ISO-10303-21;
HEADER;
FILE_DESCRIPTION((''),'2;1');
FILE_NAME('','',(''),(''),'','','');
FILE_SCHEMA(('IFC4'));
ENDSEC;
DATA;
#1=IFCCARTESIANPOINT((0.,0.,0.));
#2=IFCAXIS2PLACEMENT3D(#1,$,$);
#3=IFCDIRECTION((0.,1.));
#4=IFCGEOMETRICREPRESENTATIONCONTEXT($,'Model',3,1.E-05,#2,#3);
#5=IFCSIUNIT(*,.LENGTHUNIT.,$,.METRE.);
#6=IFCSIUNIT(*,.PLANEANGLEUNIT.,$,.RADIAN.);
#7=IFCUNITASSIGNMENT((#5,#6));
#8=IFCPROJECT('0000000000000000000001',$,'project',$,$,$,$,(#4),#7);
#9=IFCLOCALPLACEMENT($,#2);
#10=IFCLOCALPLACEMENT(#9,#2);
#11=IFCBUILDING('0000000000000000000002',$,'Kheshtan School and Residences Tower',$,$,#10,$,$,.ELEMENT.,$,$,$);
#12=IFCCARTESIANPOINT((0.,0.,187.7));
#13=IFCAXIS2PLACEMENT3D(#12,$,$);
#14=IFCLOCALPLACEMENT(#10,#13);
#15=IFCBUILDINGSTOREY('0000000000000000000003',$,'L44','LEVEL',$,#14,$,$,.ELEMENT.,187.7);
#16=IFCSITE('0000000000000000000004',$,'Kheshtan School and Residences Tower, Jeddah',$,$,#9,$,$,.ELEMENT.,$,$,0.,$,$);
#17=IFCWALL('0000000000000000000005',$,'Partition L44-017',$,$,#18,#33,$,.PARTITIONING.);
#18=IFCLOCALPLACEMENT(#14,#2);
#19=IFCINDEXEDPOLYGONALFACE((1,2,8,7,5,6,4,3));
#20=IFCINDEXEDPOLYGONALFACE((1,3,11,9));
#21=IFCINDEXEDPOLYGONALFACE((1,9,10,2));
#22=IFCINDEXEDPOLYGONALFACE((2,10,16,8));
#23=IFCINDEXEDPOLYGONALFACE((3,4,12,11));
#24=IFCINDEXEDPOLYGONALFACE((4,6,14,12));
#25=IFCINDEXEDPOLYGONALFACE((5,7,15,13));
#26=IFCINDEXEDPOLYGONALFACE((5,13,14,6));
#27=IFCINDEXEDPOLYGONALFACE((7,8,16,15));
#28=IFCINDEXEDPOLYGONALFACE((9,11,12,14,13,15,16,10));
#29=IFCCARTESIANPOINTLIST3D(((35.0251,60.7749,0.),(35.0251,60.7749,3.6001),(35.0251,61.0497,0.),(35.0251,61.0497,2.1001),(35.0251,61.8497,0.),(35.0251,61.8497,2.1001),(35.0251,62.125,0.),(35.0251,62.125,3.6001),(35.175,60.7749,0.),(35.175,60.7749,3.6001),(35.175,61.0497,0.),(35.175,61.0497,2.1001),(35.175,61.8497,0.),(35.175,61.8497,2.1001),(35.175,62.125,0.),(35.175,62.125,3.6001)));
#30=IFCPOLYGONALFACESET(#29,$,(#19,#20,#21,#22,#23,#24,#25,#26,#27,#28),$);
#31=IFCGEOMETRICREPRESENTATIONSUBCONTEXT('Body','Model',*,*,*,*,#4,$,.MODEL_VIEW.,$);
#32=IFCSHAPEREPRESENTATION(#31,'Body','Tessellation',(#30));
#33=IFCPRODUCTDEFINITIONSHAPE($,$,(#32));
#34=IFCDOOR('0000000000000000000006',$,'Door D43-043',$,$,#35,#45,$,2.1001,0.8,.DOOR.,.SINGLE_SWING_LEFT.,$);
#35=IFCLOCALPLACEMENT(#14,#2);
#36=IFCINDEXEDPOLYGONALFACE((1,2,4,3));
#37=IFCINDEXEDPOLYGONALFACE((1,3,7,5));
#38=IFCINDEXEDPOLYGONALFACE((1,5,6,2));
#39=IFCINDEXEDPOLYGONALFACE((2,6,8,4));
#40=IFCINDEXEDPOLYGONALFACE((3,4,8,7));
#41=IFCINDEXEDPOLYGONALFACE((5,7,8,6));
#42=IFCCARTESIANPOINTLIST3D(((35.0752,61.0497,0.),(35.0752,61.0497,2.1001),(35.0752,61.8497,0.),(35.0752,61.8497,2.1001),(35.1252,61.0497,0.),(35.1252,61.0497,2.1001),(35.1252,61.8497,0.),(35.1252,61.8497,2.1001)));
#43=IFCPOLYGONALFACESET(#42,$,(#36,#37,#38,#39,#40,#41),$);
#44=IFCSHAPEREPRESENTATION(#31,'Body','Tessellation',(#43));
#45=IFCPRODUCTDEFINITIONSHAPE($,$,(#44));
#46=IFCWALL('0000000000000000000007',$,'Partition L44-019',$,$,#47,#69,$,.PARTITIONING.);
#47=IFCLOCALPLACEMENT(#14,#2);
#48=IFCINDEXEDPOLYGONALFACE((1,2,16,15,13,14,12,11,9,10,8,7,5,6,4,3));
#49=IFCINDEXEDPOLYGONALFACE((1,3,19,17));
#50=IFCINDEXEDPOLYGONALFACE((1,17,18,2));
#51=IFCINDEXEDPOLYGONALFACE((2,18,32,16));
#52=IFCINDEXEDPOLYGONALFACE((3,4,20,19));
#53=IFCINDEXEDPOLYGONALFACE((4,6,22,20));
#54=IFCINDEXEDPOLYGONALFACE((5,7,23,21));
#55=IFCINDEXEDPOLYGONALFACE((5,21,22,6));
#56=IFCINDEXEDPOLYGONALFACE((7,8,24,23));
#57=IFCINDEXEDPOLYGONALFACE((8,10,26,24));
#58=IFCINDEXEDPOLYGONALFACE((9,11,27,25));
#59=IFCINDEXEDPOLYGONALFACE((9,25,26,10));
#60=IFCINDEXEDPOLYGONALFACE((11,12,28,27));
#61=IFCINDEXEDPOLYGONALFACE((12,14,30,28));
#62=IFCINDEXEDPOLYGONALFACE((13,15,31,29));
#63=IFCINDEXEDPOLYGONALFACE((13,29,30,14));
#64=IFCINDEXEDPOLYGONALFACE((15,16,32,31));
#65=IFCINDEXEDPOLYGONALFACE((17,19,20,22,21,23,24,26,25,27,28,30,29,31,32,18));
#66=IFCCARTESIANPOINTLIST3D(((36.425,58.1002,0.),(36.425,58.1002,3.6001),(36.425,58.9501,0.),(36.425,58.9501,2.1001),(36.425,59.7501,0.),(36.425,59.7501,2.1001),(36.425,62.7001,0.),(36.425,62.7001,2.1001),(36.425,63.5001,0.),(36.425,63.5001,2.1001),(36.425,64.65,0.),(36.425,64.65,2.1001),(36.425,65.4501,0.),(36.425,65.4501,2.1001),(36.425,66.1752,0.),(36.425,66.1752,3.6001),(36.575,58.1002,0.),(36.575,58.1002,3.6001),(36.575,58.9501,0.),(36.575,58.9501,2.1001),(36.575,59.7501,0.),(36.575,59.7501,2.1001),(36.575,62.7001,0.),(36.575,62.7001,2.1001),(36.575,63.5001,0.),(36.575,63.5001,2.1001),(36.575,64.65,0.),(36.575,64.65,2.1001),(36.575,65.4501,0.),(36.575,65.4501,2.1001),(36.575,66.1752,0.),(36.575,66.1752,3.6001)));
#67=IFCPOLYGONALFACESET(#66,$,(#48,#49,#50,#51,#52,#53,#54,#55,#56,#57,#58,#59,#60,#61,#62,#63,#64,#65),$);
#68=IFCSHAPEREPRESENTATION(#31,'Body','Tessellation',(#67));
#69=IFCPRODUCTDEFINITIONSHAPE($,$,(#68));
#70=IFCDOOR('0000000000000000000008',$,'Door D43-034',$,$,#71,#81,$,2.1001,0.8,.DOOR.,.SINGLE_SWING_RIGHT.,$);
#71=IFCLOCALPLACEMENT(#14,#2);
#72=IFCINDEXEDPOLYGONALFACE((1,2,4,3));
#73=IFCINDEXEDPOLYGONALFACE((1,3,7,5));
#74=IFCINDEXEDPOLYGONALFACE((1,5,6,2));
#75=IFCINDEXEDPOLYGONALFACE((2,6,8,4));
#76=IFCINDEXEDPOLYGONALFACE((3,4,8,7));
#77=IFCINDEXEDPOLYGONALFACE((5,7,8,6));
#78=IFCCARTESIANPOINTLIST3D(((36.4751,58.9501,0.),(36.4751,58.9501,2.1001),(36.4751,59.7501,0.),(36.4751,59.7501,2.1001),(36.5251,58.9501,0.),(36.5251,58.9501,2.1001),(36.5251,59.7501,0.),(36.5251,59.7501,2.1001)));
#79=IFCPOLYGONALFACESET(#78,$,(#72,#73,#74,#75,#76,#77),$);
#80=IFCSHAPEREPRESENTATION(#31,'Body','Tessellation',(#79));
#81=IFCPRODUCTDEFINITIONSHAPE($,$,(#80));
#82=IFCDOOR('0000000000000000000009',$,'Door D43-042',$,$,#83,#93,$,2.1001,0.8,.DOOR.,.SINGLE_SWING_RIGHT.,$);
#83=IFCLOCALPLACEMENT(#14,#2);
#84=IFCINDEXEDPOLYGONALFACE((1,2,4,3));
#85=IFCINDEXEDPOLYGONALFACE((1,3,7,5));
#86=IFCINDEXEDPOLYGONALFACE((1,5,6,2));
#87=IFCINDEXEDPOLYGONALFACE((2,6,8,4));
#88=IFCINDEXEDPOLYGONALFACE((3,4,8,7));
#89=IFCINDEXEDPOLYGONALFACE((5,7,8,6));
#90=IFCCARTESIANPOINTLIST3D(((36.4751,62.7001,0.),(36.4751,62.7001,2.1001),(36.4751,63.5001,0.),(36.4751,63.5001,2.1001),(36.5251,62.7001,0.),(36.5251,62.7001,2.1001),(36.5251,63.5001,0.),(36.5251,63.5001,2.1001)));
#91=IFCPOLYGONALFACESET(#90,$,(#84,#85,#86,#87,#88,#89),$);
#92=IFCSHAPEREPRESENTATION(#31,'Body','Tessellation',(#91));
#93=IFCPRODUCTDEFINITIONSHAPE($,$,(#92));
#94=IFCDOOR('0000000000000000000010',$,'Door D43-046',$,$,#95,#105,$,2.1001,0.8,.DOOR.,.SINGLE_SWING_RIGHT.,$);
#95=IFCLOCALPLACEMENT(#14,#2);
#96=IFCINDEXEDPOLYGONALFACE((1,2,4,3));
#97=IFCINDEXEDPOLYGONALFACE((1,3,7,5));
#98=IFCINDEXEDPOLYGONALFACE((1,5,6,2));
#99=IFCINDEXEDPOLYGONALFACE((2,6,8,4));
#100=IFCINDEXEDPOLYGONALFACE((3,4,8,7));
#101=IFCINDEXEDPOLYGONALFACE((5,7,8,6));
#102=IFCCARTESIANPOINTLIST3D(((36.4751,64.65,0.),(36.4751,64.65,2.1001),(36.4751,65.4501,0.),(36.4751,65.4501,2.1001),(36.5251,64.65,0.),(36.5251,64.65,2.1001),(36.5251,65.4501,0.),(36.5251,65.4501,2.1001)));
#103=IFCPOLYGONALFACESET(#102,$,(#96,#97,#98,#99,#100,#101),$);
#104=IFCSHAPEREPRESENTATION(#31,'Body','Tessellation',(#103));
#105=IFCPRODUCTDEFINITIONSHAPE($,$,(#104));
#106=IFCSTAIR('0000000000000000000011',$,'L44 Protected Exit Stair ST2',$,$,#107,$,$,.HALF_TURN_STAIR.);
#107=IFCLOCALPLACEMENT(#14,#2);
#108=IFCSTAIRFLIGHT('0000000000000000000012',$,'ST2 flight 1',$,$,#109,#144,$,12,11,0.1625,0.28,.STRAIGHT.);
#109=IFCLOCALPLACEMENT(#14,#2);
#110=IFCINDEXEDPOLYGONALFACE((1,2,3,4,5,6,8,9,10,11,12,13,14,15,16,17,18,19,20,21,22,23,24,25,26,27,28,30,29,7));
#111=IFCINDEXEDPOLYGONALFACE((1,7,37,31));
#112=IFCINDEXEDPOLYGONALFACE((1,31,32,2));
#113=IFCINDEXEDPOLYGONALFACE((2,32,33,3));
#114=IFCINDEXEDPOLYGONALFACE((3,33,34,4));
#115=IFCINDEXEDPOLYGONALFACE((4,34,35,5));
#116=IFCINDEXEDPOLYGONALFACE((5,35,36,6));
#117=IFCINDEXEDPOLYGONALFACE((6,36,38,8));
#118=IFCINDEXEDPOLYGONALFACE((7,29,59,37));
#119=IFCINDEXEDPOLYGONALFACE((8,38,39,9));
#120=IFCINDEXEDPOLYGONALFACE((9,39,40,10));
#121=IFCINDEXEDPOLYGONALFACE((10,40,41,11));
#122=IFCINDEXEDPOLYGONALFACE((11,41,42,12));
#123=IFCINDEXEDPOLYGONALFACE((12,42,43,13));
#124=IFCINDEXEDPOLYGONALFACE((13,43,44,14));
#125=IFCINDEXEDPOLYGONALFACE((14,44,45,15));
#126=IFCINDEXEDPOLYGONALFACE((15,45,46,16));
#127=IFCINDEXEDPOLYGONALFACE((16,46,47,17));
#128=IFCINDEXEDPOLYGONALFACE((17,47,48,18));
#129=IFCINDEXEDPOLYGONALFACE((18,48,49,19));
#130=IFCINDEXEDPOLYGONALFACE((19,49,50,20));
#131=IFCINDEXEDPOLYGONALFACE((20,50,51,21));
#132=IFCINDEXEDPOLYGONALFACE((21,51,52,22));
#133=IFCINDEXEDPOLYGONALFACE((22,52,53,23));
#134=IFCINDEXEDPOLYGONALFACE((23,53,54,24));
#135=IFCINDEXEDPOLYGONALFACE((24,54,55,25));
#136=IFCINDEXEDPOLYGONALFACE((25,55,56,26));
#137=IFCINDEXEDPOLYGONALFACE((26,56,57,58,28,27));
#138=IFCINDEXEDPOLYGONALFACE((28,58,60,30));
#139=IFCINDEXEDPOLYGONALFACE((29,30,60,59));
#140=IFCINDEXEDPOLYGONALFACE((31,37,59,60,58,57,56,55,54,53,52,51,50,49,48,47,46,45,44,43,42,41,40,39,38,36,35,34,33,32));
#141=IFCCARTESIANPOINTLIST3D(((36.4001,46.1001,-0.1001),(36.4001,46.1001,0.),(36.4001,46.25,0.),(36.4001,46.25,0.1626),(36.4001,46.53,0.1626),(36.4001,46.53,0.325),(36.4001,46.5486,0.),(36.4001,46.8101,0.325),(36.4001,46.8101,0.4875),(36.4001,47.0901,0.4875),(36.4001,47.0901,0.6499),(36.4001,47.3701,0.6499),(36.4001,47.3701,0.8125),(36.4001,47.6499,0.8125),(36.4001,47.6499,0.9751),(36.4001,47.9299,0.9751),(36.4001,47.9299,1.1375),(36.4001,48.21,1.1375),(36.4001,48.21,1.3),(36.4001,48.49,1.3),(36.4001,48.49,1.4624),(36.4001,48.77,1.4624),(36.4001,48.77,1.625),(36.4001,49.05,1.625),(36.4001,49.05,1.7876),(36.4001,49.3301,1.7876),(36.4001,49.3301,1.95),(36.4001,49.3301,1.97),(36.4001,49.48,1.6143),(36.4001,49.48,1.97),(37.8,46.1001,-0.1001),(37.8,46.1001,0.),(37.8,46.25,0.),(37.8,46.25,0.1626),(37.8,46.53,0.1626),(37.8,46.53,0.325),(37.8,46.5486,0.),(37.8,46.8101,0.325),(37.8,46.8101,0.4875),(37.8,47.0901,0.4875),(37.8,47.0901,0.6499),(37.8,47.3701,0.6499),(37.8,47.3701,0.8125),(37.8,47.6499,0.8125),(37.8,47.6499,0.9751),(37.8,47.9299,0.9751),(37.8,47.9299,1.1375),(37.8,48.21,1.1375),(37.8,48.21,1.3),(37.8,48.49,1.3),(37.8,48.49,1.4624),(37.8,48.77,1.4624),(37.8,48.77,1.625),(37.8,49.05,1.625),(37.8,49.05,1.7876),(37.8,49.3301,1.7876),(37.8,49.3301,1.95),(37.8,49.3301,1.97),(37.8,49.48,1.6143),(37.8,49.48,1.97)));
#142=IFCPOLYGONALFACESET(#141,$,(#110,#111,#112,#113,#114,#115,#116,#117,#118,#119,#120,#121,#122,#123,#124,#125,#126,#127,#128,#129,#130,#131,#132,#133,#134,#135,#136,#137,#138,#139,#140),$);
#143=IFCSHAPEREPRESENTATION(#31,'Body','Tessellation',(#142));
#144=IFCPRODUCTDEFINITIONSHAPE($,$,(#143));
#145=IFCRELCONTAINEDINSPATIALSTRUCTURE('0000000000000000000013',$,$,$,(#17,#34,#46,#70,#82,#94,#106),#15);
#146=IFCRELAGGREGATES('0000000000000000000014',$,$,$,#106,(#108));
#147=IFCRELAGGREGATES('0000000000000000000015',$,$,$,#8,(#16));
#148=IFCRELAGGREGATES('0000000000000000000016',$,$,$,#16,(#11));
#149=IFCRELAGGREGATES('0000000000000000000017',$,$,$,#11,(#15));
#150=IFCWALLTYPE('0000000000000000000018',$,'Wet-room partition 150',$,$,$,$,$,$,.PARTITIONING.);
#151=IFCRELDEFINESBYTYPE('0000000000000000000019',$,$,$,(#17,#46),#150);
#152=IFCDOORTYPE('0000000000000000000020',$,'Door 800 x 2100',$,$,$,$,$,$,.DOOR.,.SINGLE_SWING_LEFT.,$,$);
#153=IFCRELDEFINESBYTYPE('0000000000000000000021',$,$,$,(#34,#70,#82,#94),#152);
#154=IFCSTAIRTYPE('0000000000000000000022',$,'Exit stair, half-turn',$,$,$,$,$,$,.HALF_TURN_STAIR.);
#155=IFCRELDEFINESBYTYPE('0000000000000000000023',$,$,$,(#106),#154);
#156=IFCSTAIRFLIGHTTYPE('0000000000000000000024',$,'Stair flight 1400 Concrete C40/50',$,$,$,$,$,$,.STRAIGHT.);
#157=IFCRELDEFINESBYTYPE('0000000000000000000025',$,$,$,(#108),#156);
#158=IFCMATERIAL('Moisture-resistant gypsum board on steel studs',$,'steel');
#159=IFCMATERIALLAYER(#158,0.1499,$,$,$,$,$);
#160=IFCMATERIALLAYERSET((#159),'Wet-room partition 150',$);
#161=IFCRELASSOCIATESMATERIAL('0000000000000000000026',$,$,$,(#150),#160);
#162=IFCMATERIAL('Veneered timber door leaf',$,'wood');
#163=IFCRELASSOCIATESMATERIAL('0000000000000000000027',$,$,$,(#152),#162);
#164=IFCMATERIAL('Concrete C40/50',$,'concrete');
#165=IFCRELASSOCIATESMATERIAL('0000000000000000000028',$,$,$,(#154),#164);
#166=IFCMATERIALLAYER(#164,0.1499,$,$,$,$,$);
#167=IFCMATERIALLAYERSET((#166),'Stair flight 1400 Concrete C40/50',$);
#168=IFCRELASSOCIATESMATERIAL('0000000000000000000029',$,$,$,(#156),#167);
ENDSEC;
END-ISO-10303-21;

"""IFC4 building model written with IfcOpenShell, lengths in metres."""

from ifc_helpers import new_model, si_unit, direction, frame, frame_2d, origin, place, context, subcontext, project, spatial, polyline, rectangle, outline, extrude, source, transform, mapped, material, layer, layer_set, type_object, element, fill, aggregate, save


model = new_model("IFC4")

# Units and contexts
model_context = context("Model", 3, precision=1e-05, world=origin(), true_north=direction((0.0, 1.0)))
body_context = subcontext(model_context, "Body", "Model", "MODEL_VIEW")
ifc_project = project(units=[si_unit("LENGTHUNIT", "METRE"), si_unit("PLANEANGLEUNIT", "RADIAN")], contexts=[model_context])

# Site, building, storey
site_placement = place(None, origin())
site = spatial("IfcSite", under=ifc_project, at=site_placement, Name="Kheshtan School and Residences Tower, Jeddah", CompositionType="ELEMENT", RefElevation=0.0)
building_placement = place(site_placement, origin())
building = spatial("IfcBuilding", under=site, at=building_placement, Name="Kheshtan School and Residences Tower", CompositionType="ELEMENT")
storey_placement = place(building_placement, frame((0.0, 0.0, 187.7)))
storey = spatial("IfcBuildingStorey", under=building, at=storey_placement, Name="L44", Description="LEVEL", CompositionType="ELEMENT", Elevation=187.7)

# Shared definitions
ifc_material_1 = material(Name="Concrete C40/50", Category="concrete")
ifc_material_2 = material(Name="Moisture-resistant gypsum board on steel studs", Category="steel")
ifc_layer_1 = layer(ifc_material_2, 0.1499)
ifc_layer_set_1 = layer_set([ifc_layer_1], Name="Wet-room partition 150")
wall_type_1 = type_object("IfcWallType", Name="Wet-room partition 150", PredefinedType="PARTITIONING", material=ifc_layer_set_1)

# Wall, opening, door
wall_1_placement = place(storey_placement, frame((35.1001, 60.7749, 0.0), z_axis=(0.0, 0.0, 1.0), x_axis=(0.0, 1.0, 0.0)))
wall_1 = element("IfcWall", 1, at=wall_1_placement, inside=storey, type_object=wall_type_1, Name="Partition L44-017", PredefinedType="PARTITIONING", context=body_context, shape_type="SweptSolid", body=[
    extrude(rectangle(XDim=1.3501, YDim=0.1499, at=frame_2d((0.675, 0.0))), origin(), (0.0, 0.0, 1.0), 3.6001),
])
opening_1_placement = place(wall_1_placement, frame((0.2749, 0.0, 0.0)))
opening_1 = element("IfcOpeningElement", 2, at=opening_1_placement, cuts=wall_1, PredefinedType="OPENING", context=body_context, shape_type="SweptSolid", body=[
    extrude(rectangle(XDim=0.8, YDim=2.1001, at=frame_2d((0.3999, 1.05))), frame((0.0, 0.085, 0.0), z_axis=(0.0, -1.0, 0.0), x_axis=(1.0, 0.0, 0.0)), (0.0, 0.0, 1.0), 0.1699),
])
ifc_material_3 = material(Name="Veneered timber door leaf", Category="wood")
door_type_1 = type_object("IfcDoorType", Name="Door 800 x 2100", OperationType="SINGLE_SWING_LEFT", PredefinedType="DOOR", material=ifc_material_3)
shared_shape_1 = source(origin(), body_context, "Body", "SweptSolid", [
    extrude(rectangle(XDim=0.8, YDim=2.1001, at=frame_2d((0.3999, 1.05))), frame((0.0, 0.0249, 0.0), z_axis=(0.0, -1.0, 0.0), x_axis=(1.0, 0.0, 0.0)), (0.0, 0.0, 1.0), 0.05),
])
door_1_placement = place(opening_1_placement, origin())
door_1 = element("IfcDoor", 3, at=door_1_placement, inside=storey, type_object=door_type_1, Name="Door D43-043", OperationType="SINGLE_SWING_LEFT", OverallHeight=2.1001, OverallWidth=0.8, PredefinedType="DOOR", context=body_context, shape_type="MappedRepresentation", body=[
    mapped(shared_shape_1, transform((0.0, 0.0, 0.0), x_axis=(1.0, 0.0, 0.0), y_axis=(0.0, 1.0, 0.0), z_axis=(0.0, 0.0, 1.0), scale=1.0)),
])
fill(opening_1, door_1)

# Wall, openings, doors
wall_2_placement = place(storey_placement, frame((36.5, 58.1001, 0.0), z_axis=(0.0, 0.0, 1.0), x_axis=(0.0, 1.0, 0.0)))
wall_2 = element("IfcWall", 4, at=wall_2_placement, inside=storey, type_object=wall_type_1, Name="Partition L44-019", PredefinedType="PARTITIONING", context=body_context, shape_type="SweptSolid", body=[
    extrude(rectangle(XDim=8.075, YDim=0.1499, at=frame_2d((4.0376, 0.0))), origin(), (0.0, 0.0, 1.0), 3.6001),
])
opening_2_placement = place(wall_2_placement, frame((0.8501, 0.0, 0.0)))
opening_2 = element("IfcOpeningElement", 5, at=opening_2_placement, cuts=wall_2, PredefinedType="OPENING", context=body_context, shape_type="SweptSolid", body=[
    extrude(rectangle(XDim=0.8, YDim=2.1001, at=frame_2d((0.3999, 1.05))), frame((0.0, 0.085, 0.0), z_axis=(0.0, -1.0, 0.0), x_axis=(1.0, 0.0, 0.0)), (0.0, 0.0, 1.0), 0.1699),
])
opening_3_placement = place(wall_2_placement, frame((4.6001, 0.0, 0.0)))
opening_3 = element("IfcOpeningElement", 6, at=opening_3_placement, cuts=wall_2, PredefinedType="OPENING", context=body_context, shape_type="SweptSolid", body=[
    extrude(rectangle(XDim=0.8, YDim=2.1001, at=frame_2d((0.3999, 1.05))), frame((0.0, 0.085, 0.0), z_axis=(0.0, -1.0, 0.0), x_axis=(1.0, 0.0, 0.0)), (0.0, 0.0, 1.0), 0.1699),
])
opening_4_placement = place(wall_2_placement, frame((6.55, 0.0, 0.0)))
opening_4 = element("IfcOpeningElement", 7, at=opening_4_placement, cuts=wall_2, PredefinedType="OPENING", context=body_context, shape_type="SweptSolid", body=[
    extrude(rectangle(XDim=0.8, YDim=2.1001, at=frame_2d((0.3999, 1.05))), frame((0.0, 0.085, 0.0), z_axis=(0.0, -1.0, 0.0), x_axis=(1.0, 0.0, 0.0)), (0.0, 0.0, 1.0), 0.1699),
])
door_2_placement = place(opening_2_placement, origin())
door_2 = element("IfcDoor", 8, at=door_2_placement, inside=storey, type_object=door_type_1, Name="Door D43-034", OperationType="SINGLE_SWING_RIGHT", OverallHeight=2.1001, OverallWidth=0.8, PredefinedType="DOOR", context=body_context, shape_type="MappedRepresentation", body=[
    mapped(shared_shape_1, transform((0.0, 0.0, 0.0), x_axis=(1.0, 0.0, 0.0), y_axis=(0.0, 1.0, 0.0), z_axis=(0.0, 0.0, 1.0), scale=1.0)),
])
fill(opening_2, door_2)
door_3_placement = place(opening_3_placement, origin())
door_3 = element("IfcDoor", 9, at=door_3_placement, inside=storey, type_object=door_type_1, Name="Door D43-042", OperationType="SINGLE_SWING_RIGHT", OverallHeight=2.1001, OverallWidth=0.8, PredefinedType="DOOR", context=body_context, shape_type="MappedRepresentation", body=[
    mapped(shared_shape_1, transform((0.0, 0.0, 0.0), x_axis=(1.0, 0.0, 0.0), y_axis=(0.0, 1.0, 0.0), z_axis=(0.0, 0.0, 1.0), scale=1.0)),
])
fill(opening_3, door_3)
door_4_placement = place(opening_4_placement, origin())
door_4 = element("IfcDoor", 10, at=door_4_placement, inside=storey, type_object=door_type_1, Name="Door D43-046", OperationType="SINGLE_SWING_RIGHT", OverallHeight=2.1001, OverallWidth=0.8, PredefinedType="DOOR", context=body_context, shape_type="MappedRepresentation", body=[
    mapped(shared_shape_1, transform((0.0, 0.0, 0.0), x_axis=(1.0, 0.0, 0.0), y_axis=(0.0, 1.0, 0.0), z_axis=(0.0, 0.0, 1.0), scale=1.0)),
])
fill(opening_4, door_4)

# Stair, stair flight
stair_type = type_object("IfcStairType", Name="Exit stair, half-turn", PredefinedType="HALF_TURN_STAIR", material=ifc_material_1)
stair_placement = place(storey_placement, origin())
stair = element("IfcStair", 11, at=stair_placement, inside=storey, type_object=stair_type, Name="L44 Protected Exit Stair ST2", PredefinedType="HALF_TURN_STAIR")
ifc_layer_2 = layer(ifc_material_1, 0.1499)
ifc_layer_set_2 = layer_set([ifc_layer_2], Name="Stair flight 1400 Concrete C40/50")
stair_flight_type = type_object("IfcStairFlightType", Name="Stair flight 1400 Concrete C40/50", PredefinedType="STRAIGHT", material=ifc_layer_set_2)
stair_flight_1_placement = place(storey_placement, frame((37.1001, 46.25, 0.0), z_axis=(0.0, 0.0, 1.0), x_axis=(0.0, 1.0, 0.0)))
stair_flight_1 = element("IfcStairFlight", 12, at=stair_flight_1_placement, type_object=stair_flight_type, Name="ST2 flight 1", NumberOfRisers=12, NumberOfTreads=11, PredefinedType="STRAIGHT", RiserHeight=0.1625, TreadLength=0.28, context=body_context, shape_type="SweptSolid", body=[
    extrude(outline(polyline([(-0.1499, -0.1001), (-0.1499, 0.0), (0.0, 0.0), (0.0, 0.1626), (0.28, 0.1626), (0.28, 0.325), (0.5601, 0.325), (0.5601, 0.4875), (0.8401, 0.4875), (0.8401, 0.6499), (1.1201, 0.6499), (1.1201, 0.8125), (1.3999, 0.8125), (1.3999, 0.9751), (1.6799, 0.9751), (1.6799, 1.1375), (1.96, 1.1375), (1.96, 1.3), (2.24, 1.3), (2.24, 1.4624), (2.52, 1.4624), (2.52, 1.625), (2.8, 1.625), (2.8, 1.7876), (3.0801, 1.7876), (3.0801, 1.95), (3.0801, 1.97), (3.23, 1.97), (3.23, 1.6143), (0.2986, 0.0), (-0.1499, -0.1001)])), frame((0.0, 0.7, 0.0), z_axis=(0.0, -1.0, 0.0), x_axis=(1.0, 0.0, 0.0)), (0.0, 0.0, 1.0), 1.3999),
])
aggregate(stair, [stair_flight_1])

save(model, "model.ifc")
